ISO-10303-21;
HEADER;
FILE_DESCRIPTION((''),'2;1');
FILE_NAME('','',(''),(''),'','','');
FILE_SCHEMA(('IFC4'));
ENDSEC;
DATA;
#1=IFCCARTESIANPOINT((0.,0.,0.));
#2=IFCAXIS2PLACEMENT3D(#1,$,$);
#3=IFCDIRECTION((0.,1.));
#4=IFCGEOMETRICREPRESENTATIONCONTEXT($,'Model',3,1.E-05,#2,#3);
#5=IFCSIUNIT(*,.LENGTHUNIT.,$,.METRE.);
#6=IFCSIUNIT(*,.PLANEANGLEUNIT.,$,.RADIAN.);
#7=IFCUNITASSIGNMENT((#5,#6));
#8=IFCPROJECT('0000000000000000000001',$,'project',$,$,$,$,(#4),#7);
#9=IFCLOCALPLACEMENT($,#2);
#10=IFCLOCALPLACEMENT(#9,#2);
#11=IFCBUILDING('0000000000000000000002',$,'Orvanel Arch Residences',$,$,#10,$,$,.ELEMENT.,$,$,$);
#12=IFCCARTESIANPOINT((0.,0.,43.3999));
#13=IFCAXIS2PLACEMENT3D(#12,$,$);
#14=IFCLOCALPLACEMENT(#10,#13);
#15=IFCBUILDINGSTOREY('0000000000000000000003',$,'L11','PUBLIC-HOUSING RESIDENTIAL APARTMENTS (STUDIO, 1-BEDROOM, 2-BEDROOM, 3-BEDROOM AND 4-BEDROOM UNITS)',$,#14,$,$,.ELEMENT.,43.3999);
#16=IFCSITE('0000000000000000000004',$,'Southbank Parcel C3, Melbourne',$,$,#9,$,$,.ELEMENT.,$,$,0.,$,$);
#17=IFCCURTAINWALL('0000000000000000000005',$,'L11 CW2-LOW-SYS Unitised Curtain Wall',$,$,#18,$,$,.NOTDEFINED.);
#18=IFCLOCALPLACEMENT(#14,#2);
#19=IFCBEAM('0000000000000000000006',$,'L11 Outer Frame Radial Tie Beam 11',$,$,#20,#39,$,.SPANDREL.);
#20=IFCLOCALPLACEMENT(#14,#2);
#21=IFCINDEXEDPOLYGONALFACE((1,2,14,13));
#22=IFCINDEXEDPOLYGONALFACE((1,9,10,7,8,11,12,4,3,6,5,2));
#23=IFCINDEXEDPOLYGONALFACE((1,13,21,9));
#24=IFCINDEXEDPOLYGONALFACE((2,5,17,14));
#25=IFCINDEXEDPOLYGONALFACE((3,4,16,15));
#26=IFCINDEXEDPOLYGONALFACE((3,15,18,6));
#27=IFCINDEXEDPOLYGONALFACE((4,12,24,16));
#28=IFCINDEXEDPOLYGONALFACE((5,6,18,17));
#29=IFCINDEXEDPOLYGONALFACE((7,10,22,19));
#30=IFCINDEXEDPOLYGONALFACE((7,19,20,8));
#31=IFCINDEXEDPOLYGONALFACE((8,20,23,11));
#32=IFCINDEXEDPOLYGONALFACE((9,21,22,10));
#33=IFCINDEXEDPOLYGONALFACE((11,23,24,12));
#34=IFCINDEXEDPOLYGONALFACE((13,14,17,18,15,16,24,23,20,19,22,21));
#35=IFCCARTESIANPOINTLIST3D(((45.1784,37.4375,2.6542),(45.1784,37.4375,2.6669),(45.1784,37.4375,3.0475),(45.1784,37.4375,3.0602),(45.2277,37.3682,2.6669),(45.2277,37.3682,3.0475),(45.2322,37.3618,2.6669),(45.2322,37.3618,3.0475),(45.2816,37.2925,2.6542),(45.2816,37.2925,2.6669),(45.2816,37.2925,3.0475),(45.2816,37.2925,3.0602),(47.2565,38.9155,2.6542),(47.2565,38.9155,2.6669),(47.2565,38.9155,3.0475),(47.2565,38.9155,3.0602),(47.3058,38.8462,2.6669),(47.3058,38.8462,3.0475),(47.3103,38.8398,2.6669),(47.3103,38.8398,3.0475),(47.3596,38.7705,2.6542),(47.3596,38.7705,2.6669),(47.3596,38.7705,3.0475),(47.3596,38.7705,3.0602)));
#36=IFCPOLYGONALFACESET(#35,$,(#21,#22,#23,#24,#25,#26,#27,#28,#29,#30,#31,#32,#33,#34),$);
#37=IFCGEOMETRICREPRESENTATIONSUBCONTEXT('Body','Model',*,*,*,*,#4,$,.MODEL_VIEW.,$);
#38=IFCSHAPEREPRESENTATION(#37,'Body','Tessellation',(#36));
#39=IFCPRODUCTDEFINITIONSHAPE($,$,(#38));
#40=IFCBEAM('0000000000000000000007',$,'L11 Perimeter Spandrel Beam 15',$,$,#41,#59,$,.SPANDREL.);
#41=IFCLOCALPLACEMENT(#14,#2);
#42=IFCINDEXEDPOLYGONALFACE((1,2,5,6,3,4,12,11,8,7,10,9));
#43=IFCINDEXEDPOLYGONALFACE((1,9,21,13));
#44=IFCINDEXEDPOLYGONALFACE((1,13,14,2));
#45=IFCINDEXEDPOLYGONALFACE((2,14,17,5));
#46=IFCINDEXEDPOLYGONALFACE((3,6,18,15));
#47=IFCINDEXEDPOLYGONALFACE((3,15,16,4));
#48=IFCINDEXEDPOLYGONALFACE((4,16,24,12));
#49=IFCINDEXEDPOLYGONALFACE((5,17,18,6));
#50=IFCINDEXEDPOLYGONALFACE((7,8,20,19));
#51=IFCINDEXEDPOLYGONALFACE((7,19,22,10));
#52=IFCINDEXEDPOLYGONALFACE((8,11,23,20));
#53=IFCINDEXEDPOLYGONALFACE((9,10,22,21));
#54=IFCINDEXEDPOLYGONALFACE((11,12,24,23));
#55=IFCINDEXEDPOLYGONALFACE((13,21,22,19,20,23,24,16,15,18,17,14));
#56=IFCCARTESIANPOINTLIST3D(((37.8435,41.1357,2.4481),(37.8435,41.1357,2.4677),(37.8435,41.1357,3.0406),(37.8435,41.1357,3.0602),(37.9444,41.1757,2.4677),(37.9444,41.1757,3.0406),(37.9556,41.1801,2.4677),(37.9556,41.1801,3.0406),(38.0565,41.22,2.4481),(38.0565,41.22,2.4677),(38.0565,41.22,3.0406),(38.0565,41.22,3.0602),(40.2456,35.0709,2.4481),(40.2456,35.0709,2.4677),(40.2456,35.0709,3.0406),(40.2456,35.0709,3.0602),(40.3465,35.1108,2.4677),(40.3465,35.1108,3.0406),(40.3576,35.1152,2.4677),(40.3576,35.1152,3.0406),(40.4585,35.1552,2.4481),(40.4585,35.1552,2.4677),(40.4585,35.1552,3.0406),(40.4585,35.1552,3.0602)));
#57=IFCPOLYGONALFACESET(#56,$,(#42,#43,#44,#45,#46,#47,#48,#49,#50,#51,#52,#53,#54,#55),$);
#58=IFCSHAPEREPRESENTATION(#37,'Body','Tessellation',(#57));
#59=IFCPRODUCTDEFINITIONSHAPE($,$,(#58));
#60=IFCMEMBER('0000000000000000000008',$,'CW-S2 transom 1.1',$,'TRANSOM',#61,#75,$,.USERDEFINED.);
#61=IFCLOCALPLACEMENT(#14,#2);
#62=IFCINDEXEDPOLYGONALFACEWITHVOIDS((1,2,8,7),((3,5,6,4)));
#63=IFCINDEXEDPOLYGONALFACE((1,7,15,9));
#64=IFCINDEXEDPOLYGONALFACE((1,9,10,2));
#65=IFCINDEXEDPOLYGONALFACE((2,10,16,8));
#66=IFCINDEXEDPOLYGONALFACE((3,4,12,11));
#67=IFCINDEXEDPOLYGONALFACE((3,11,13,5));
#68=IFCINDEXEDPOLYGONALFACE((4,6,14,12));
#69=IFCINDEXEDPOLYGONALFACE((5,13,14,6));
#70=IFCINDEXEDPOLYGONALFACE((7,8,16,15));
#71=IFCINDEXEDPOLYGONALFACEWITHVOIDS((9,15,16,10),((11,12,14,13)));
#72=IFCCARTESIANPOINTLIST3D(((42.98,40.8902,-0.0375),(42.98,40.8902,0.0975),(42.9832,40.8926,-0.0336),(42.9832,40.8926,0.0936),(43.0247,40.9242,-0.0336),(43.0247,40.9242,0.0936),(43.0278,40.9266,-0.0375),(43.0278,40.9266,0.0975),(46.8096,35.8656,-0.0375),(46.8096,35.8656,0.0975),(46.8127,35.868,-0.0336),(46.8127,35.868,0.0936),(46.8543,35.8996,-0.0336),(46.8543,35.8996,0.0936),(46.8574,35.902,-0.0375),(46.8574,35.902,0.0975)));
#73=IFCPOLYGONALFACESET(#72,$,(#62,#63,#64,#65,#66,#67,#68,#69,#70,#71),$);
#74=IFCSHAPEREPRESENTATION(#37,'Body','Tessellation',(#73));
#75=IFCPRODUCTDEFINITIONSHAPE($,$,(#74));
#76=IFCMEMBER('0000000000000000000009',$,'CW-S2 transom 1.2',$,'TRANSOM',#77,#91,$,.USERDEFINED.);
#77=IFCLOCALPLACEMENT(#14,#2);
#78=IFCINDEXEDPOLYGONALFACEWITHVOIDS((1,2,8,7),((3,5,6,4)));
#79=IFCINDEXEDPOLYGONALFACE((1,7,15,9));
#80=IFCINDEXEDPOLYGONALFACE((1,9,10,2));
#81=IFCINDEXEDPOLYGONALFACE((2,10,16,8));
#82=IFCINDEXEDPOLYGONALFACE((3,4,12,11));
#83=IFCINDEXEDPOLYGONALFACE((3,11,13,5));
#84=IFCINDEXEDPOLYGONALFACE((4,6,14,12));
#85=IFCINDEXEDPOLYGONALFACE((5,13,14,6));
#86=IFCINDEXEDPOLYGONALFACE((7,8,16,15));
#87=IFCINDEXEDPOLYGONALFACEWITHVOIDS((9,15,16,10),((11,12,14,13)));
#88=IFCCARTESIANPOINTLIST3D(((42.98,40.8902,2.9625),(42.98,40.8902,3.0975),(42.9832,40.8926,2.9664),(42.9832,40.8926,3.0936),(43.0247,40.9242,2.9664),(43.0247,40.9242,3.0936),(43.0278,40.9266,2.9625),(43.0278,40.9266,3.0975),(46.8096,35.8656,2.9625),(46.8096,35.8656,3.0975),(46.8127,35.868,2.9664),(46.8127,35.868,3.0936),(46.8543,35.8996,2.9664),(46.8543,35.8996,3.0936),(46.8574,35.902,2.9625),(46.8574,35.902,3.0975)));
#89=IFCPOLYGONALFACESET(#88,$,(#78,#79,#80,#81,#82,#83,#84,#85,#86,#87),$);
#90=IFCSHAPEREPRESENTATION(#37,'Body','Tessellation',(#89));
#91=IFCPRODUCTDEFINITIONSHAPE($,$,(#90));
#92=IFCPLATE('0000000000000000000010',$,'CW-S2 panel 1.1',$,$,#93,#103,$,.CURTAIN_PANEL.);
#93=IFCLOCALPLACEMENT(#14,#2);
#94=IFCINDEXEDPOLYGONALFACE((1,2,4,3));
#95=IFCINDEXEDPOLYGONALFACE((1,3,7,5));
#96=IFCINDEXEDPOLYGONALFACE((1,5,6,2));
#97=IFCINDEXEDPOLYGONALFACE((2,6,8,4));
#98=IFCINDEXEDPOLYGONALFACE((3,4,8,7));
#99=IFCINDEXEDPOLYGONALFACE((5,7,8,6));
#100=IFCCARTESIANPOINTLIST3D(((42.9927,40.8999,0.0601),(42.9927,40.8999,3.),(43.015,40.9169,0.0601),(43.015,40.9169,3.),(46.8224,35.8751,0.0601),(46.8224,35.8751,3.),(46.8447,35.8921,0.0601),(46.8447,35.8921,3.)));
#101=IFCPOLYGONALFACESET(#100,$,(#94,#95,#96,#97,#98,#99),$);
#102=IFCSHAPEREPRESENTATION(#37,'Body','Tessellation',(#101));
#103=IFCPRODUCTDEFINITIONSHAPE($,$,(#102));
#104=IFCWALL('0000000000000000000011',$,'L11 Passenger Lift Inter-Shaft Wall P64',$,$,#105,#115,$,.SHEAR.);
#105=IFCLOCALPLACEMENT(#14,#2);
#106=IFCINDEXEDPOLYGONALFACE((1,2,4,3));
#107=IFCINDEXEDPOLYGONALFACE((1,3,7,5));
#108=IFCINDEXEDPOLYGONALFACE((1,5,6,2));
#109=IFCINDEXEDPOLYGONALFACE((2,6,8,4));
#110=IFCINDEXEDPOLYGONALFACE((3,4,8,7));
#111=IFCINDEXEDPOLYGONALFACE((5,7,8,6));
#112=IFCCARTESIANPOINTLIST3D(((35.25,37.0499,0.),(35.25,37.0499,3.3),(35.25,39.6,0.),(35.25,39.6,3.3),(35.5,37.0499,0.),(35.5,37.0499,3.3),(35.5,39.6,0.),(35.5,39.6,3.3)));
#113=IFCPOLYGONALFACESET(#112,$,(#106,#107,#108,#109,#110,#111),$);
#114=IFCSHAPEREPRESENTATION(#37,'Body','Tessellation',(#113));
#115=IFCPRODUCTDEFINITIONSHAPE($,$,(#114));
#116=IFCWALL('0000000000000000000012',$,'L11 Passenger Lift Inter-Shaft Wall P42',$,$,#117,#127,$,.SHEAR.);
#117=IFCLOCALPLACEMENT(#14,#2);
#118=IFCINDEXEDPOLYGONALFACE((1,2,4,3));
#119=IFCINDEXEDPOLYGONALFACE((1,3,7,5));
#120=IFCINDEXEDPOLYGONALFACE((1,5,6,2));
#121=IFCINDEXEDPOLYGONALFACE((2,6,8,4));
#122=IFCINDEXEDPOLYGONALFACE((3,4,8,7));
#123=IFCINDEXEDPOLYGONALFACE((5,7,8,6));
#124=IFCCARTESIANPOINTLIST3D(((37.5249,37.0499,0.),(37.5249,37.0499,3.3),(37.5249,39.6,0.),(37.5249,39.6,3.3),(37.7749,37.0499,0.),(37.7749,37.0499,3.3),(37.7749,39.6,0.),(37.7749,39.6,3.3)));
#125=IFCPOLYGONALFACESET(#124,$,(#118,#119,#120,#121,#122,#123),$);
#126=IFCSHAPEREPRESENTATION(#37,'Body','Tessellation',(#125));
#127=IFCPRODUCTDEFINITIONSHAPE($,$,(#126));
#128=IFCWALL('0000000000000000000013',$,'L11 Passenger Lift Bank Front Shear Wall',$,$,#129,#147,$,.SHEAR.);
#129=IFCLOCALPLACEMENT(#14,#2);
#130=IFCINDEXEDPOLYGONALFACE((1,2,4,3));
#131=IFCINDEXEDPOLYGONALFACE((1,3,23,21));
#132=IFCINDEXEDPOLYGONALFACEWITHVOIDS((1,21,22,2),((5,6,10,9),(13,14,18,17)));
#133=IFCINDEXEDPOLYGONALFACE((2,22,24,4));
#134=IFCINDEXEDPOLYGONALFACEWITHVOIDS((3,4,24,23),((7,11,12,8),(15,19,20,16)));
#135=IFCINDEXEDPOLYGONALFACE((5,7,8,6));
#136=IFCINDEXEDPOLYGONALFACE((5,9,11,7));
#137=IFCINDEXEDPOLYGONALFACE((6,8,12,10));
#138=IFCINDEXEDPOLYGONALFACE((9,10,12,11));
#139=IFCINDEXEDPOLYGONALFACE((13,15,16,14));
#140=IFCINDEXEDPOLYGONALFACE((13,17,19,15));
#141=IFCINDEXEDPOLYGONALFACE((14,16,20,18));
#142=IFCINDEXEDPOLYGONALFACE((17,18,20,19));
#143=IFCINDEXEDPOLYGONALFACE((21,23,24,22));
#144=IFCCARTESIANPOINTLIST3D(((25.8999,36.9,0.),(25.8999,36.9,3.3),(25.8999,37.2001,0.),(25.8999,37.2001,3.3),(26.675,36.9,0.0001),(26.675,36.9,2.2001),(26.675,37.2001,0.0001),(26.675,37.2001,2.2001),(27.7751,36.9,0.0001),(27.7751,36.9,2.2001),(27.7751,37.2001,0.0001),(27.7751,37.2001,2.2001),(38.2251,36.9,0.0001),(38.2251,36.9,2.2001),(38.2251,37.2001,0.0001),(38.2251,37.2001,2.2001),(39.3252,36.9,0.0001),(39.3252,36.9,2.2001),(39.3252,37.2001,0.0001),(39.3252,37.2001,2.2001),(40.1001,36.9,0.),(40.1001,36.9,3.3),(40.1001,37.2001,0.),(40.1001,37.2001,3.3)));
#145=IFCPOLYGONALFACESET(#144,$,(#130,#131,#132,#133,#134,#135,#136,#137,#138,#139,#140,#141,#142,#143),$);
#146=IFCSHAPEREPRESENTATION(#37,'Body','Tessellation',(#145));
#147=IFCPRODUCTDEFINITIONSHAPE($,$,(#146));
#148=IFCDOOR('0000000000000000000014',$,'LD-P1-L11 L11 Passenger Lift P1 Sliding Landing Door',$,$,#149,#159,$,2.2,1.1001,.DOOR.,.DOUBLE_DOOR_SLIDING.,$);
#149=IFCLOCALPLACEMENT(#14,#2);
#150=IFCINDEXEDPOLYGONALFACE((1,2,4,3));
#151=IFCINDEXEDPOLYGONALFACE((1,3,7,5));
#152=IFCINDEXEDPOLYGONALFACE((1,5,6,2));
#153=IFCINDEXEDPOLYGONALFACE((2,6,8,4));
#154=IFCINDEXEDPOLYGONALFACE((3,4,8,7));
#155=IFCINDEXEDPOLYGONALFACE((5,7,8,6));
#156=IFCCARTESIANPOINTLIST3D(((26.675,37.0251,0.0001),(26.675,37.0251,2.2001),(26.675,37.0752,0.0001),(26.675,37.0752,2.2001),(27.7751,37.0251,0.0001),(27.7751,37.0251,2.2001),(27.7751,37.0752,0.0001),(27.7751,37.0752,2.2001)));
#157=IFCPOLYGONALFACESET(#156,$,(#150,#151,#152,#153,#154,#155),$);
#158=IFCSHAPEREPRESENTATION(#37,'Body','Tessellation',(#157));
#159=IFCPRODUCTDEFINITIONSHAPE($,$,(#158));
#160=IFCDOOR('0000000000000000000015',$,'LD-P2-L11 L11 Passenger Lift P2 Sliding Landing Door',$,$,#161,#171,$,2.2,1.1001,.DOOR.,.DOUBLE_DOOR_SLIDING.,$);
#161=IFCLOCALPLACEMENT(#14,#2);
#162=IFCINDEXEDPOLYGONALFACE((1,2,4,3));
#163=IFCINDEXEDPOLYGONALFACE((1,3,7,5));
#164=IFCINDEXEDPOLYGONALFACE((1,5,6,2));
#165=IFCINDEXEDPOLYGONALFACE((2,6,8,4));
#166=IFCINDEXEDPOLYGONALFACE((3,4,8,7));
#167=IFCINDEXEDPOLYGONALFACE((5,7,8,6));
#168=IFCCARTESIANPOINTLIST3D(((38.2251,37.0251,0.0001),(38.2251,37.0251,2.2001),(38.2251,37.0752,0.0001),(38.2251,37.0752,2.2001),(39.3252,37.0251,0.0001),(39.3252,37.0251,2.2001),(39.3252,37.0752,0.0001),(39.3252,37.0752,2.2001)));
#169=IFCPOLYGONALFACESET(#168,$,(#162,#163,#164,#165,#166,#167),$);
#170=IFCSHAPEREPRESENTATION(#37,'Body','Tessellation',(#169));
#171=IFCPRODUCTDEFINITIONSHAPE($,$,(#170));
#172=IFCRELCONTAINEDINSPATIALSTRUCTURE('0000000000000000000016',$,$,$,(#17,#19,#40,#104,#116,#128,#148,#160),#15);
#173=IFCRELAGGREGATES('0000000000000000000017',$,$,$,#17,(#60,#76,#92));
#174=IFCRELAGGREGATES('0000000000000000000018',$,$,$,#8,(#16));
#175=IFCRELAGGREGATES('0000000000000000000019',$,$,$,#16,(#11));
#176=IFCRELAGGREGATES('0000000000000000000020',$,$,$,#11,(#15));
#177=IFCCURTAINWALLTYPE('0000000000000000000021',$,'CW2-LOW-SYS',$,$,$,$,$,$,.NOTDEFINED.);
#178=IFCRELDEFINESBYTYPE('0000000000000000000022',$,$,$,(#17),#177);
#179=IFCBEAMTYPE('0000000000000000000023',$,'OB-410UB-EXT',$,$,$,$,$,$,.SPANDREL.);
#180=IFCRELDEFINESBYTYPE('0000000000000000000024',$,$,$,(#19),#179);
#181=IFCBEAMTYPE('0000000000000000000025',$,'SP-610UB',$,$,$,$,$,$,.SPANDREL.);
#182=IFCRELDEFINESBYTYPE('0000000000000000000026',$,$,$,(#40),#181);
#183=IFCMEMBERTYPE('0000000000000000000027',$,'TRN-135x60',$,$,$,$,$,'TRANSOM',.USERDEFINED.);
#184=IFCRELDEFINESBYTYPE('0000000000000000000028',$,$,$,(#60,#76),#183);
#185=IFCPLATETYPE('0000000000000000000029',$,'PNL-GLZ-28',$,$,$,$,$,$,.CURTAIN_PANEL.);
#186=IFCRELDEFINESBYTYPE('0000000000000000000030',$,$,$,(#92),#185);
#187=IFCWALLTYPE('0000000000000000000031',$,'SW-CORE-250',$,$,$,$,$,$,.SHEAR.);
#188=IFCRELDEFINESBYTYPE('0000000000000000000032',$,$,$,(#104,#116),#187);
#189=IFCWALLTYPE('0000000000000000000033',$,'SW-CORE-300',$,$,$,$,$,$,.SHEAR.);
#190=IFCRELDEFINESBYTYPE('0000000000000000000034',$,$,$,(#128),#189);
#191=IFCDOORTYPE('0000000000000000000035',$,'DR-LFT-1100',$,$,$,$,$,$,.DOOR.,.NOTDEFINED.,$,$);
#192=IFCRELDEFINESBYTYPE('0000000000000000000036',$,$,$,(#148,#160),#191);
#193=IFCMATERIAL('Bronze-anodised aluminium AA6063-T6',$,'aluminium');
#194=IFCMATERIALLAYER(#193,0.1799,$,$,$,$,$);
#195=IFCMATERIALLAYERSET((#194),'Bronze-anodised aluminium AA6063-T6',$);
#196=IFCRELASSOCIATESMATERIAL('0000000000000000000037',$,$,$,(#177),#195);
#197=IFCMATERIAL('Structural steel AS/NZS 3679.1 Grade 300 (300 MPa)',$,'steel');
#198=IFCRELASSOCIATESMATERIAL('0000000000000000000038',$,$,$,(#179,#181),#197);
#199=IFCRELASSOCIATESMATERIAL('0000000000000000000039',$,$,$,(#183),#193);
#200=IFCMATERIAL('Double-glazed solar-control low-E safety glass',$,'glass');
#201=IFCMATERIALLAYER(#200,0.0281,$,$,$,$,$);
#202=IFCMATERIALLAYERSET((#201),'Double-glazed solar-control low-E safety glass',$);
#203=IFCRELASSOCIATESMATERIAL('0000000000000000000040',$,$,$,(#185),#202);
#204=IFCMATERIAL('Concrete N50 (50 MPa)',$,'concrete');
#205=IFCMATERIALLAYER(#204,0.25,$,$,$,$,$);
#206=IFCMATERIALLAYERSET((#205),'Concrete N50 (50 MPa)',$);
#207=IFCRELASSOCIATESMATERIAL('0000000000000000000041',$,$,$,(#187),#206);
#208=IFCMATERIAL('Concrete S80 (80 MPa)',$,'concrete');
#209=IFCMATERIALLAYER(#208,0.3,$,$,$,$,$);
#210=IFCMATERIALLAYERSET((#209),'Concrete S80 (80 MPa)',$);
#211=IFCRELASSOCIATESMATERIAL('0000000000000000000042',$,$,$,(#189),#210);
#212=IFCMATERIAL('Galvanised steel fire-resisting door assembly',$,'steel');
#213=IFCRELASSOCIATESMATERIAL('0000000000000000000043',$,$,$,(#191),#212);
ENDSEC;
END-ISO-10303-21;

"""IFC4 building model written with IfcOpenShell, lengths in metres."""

from ifc_helpers import new_model, si_unit, direction, frame, frame_2d, origin, origin_2d, place, context, subcontext, project, spatial, rectangle, hollow_rectangle, i_section, extrude, material, layer, layer_set, material_profile, profile_set, type_object, element, fill, aggregate, save


model = new_model("IFC4")

# Units and contexts
model_context = context("Model", 3, precision=1e-05, world=origin(), true_north=direction((0.0, 1.0)))
body_context = subcontext(model_context, "Body", "Model", "MODEL_VIEW")
ifc_project = project(units=[si_unit("LENGTHUNIT", "METRE"), si_unit("PLANEANGLEUNIT", "RADIAN")], contexts=[model_context])

# Site, building, storey
site_placement = place(None, origin())
site = spatial("IfcSite", under=ifc_project, at=site_placement, Name="Southbank Parcel C3, Melbourne", CompositionType="ELEMENT", RefElevation=0.0)
building_placement = place(site_placement, origin())
building = spatial("IfcBuilding", under=site, at=building_placement, Name="Orvanel Arch Residences", CompositionType="ELEMENT")
storey_placement = place(building_placement, frame((0.0, 0.0, 43.3999)))
storey = spatial("IfcBuildingStorey", under=building, at=storey_placement, Name="L11", Description="PUBLIC-HOUSING RESIDENTIAL APARTMENTS (STUDIO, 1-BEDROOM, 2-BEDROOM, 3-BEDROOM AND 4-BEDROOM UNITS)", CompositionType="ELEMENT", Elevation=43.3999)

# Shared definitions
ifc_material_1 = material(Name="Structural steel AS/NZS 3679.1 Grade 300 (300 MPa)", Category="steel")

# Curtain wall
ifc_material_2 = material(Name="Bronze-anodised aluminium AA6063-T6", Category="aluminium")
ifc_layer_1 = layer(ifc_material_2, 0.1799)
ifc_layer_set_1 = layer_set([ifc_layer_1], Name="Bronze-anodised aluminium AA6063-T6")
curtain_wall_type = type_object("IfcCurtainWallType", Name="CW2-LOW-SYS", PredefinedType="NOTDEFINED", material=ifc_layer_set_1)
curtain_wall_1_placement = place(storey_placement, origin())
curtain_wall_1 = element("IfcCurtainWall", 1, at=curtain_wall_1_placement, inside=storey, type_object=curtain_wall_type, Name="L11 CW2-LOW-SYS Unitised Curtain Wall", PredefinedType="NOTDEFINED")

# Beams
ifc_material_profile_1 = material_profile(ifc_material_1, i_section(OverallWidth=0.178, OverallDepth=0.406, WebThickness=0.0078, FlangeThickness=0.0127, at=origin_2d()), Name="410UB59.7")
ifc_profile_set_1 = profile_set([ifc_material_profile_1], Name="Structural steel AS/NZS 3679.1 Grade 300 (300 MPa)")
beam_type_1 = type_object("IfcBeamType", Name="OB-410UB-EXT", PredefinedType="SPANDREL", material=ifc_profile_set_1)
beam_1_placement = place(storey_placement, frame((45.23, 37.365, 2.8572), z_axis=(0.814909, 0.579589, 0.0), x_axis=(-0.579589, 0.814909, 0.0)))
element("IfcBeam", 2, at=beam_1_placement, inside=storey, type_object=beam_type_1, Name="L11 Outer Frame Radial Tie Beam 11", PredefinedType="SPANDREL", context=body_context, shape_type="SweptSolid", body=[
    extrude(i_section(OverallWidth=0.178, OverallDepth=0.406, WebThickness=0.0078, FlangeThickness=0.0127, at=origin_2d()), origin(), (0.0, 0.0, 1.0), 2.55),
])
ifc_material_profile_2 = material_profile(ifc_material_1, i_section(OverallWidth=0.229, OverallDepth=0.6121, WebThickness=0.012, FlangeThickness=0.0195, at=origin_2d()), Name="610UB125")
ifc_profile_set_2 = profile_set([ifc_material_profile_2], Name="Structural steel AS/NZS 3679.1 Grade 300 (300 MPa)")
beam_type_2 = type_object("IfcBeamType", Name="SP-610UB", PredefinedType="SPANDREL", material=ifc_profile_set_2)
beam_2_placement = place(storey_placement, frame((40.3521, 35.113, 2.7542), z_axis=(-0.368233, 0.929733, 0.0), x_axis=(-0.929733, -0.368233, 0.0)))
element("IfcBeam", 3, at=beam_2_placement, inside=storey, type_object=beam_type_2, Name="L11 Perimeter Spandrel Beam 15", PredefinedType="SPANDREL", context=body_context, shape_type="SweptSolid", body=[
    extrude(i_section(OverallWidth=0.229, OverallDepth=0.6121, WebThickness=0.012, FlangeThickness=0.0195, at=origin_2d()), origin(), (0.0, 0.0, 1.0), 6.5232),
])

# Members
ifc_material_profile_3 = material_profile(ifc_material_2, hollow_rectangle(XDim=0.0601, YDim=0.135, WallThickness=0.0039, at=origin_2d()), Name="ALU135x60x4")
ifc_profile_set_3 = profile_set([ifc_material_profile_3], Name="Bronze-anodised aluminium AA6063-T6")
member_type_1 = type_object("IfcMemberType", Name="TRN-135x60", ElementType="TRANSOM", PredefinedType="USERDEFINED", material=ifc_profile_set_3)
member_1_placement = place(storey_placement, frame((46.8335, 35.8838, 0.03), z_axis=(-0.606171, 0.795334, 0.0), x_axis=(-0.795334, -0.606171, 0.0)))
member_1 = element("IfcMember", 4, at=member_1_placement, type_object=member_type_1, Name="CW-S2 transom 1.1", ObjectType="TRANSOM", PredefinedType="USERDEFINED", context=body_context, shape_type="SweptSolid", body=[
    extrude(hollow_rectangle(XDim=0.0601, YDim=0.135, WallThickness=0.0039, at=origin_2d()), origin(), (0.0, 0.0, 1.0), 6.3176),
])
member_2_placement = place(storey_placement, frame((46.8335, 35.8838, 3.03), z_axis=(-0.606171, 0.795334, 0.0), x_axis=(-0.795334, -0.606171, 0.0)))
member_2 = element("IfcMember", 5, at=member_2_placement, type_object=member_type_1, Name="CW-S2 transom 1.2", ObjectType="TRANSOM", PredefinedType="USERDEFINED", context=body_context, shape_type="SweptSolid", body=[
    extrude(hollow_rectangle(XDim=0.0601, YDim=0.135, WallThickness=0.0039, at=origin_2d()), origin(), (0.0, 0.0, 1.0), 6.3176),
])

# Plate
ifc_material_3 = material(Name="Double-glazed solar-control low-E safety glass", Category="glass")
ifc_layer_2 = layer(ifc_material_3, 0.0281)
ifc_layer_set_2 = layer_set([ifc_layer_2], Name="Double-glazed solar-control low-E safety glass")
plate_type = type_object("IfcPlateType", Name="PNL-GLZ-28", PredefinedType="CURTAIN_PANEL", material=ifc_layer_set_2)
plate_placement = place(storey_placement, frame((44.9187, 38.396, 0.0601), z_axis=(0.0, 0.0, 1.0), x_axis=(-0.606168, 0.795336, 0.0)))
plate = element("IfcPlate", 6, at=plate_placement, type_object=plate_type, Name="CW-S2 panel 1.1", PredefinedType="CURTAIN_PANEL", context=body_context, shape_type="SweptSolid", body=[
    extrude(rectangle(XDim=6.3179, YDim=0.0281, at=origin_2d()), origin(), (0.0, 0.0, 1.0), 2.9399),
])
aggregate(curtain_wall_1, [member_1, member_2, plate])

# Walls
ifc_material_4 = material(Name="Concrete N50 (50 MPa)", Category="concrete")
ifc_layer_3 = layer(ifc_material_4, 0.25)
ifc_layer_set_3 = layer_set([ifc_layer_3], Name="Concrete N50 (50 MPa)")
wall_type_1 = type_object("IfcWallType", Name="SW-CORE-250", PredefinedType="SHEAR", material=ifc_layer_set_3)
for number, where, z_axis, x_axis, name in (
    (7, (35.375, 37.05, 0.0), (0.0, 0.0, 1.0), (0.0, 1.0, 0.0), "L11 Passenger Lift Inter-Shaft Wall P64"),
    (8, (37.6499, 37.05, 0.0), (0.0, 0.0, 1.0), (0.0, 1.0, 0.0), "L11 Passenger Lift Inter-Shaft Wall P42"),
):
    element("IfcWall", number, at=place(storey_placement, frame(where, z_axis=z_axis, x_axis=x_axis)), inside=storey, type_object=wall_type_1, Name=name, PredefinedType="SHEAR", context=body_context, shape_type="SweptSolid", body=[
        extrude(rectangle(XDim=2.55, YDim=0.25, at=frame_2d((1.2749, 0.0))), origin(), (0.0, 0.0, 1.0), 3.3),
    ])

# Wall, openings, doors
ifc_material_5 = material(Name="Concrete S80 (80 MPa)", Category="concrete")
ifc_layer_4 = layer(ifc_material_5, 0.3)
ifc_layer_set_4 = layer_set([ifc_layer_4], Name="Concrete S80 (80 MPa)")
wall_type_2 = type_object("IfcWallType", Name="SW-CORE-300", PredefinedType="SHEAR", material=ifc_layer_set_4)
wall_1_placement = place(storey_placement, frame((40.1001, 37.05, 0.0), z_axis=(0.0, 0.0, 1.0), x_axis=(-1.0, 0.0, 0.0)))
wall_1 = element("IfcWall", 9, at=wall_1_placement, inside=storey, type_object=wall_type_2, Name="L11 Passenger Lift Bank Front Shear Wall", PredefinedType="SHEAR", context=body_context, shape_type="SweptSolid", body=[
    extrude(rectangle(XDim=14.2002, YDim=0.3, at=frame_2d((7.1001, 0.0))), origin(), (0.0, 0.0, 1.0), 3.3),
])
opening_1_placement = place(wall_1_placement, frame((12.325, 0.0, 0.0)))
opening_1 = element("IfcOpeningElement", 10, at=opening_1_placement, cuts=wall_1, PredefinedType="OPENING", context=body_context, shape_type="SweptSolid", body=[
    extrude(rectangle(XDim=1.1001, YDim=2.2, at=frame_2d((0.55, 1.1001))), frame((0.0, 0.1599, 0.0), z_axis=(0.0, -1.0, 0.0), x_axis=(1.0, 0.0, 0.0)), (0.0, 0.0, 1.0), 0.3201),
])
opening_2_placement = place(wall_1_placement, frame((0.7749, 0.0, 0.0)))
opening_2 = element("IfcOpeningElement", 11, at=opening_2_placement, cuts=wall_1, PredefinedType="OPENING", context=body_context, shape_type="SweptSolid", body=[
    extrude(rectangle(XDim=1.1001, YDim=2.2, at=frame_2d((0.55, 1.1001))), frame((0.0, 0.1599, 0.0), z_axis=(0.0, -1.0, 0.0), x_axis=(1.0, 0.0, 0.0)), (0.0, 0.0, 1.0), 0.3201),
])
ifc_material_6 = material(Name="Galvanised steel fire-resisting door assembly", Category="steel")
door_type_1 = type_object("IfcDoorType", Name="DR-LFT-1100", OperationType="NOTDEFINED", PredefinedType="DOOR", material=ifc_material_6)
door_1_placement = place(opening_1_placement, origin())
door_1 = element("IfcDoor", 12, at=door_1_placement, inside=storey, type_object=door_type_1, Name="LD-P1-L11 L11 Passenger Lift P1 Sliding Landing Door", OperationType="DOUBLE_DOOR_SLIDING", OverallHeight=2.2, OverallWidth=1.1001, PredefinedType="DOOR", context=body_context, shape_type="SweptSolid", body=[
    extrude(rectangle(XDim=1.1001, YDim=2.2, at=frame_2d((0.55, 1.1001))), frame((0.0, 0.0249, 0.0), z_axis=(0.0, -1.0, 0.0), x_axis=(1.0, 0.0, 0.0)), (0.0, 0.0, 1.0), 0.05),
])
fill(opening_1, door_1)
door_2_placement = place(opening_2_placement, origin())
door_2 = element("IfcDoor", 13, at=door_2_placement, inside=storey, type_object=door_type_1, Name="LD-P2-L11 L11 Passenger Lift P2 Sliding Landing Door", OperationType="DOUBLE_DOOR_SLIDING", OverallHeight=2.2, OverallWidth=1.1001, PredefinedType="DOOR", context=body_context, shape_type="SweptSolid", body=[
    extrude(rectangle(XDim=1.1001, YDim=2.2, at=frame_2d((0.55, 1.1001))), frame((0.0, 0.0249, 0.0), z_axis=(0.0, -1.0, 0.0), x_axis=(1.0, 0.0, 0.0)), (0.0, 0.0, 1.0), 0.05),
])
fill(opening_2, door_2)

save(model, "model.ifc")
